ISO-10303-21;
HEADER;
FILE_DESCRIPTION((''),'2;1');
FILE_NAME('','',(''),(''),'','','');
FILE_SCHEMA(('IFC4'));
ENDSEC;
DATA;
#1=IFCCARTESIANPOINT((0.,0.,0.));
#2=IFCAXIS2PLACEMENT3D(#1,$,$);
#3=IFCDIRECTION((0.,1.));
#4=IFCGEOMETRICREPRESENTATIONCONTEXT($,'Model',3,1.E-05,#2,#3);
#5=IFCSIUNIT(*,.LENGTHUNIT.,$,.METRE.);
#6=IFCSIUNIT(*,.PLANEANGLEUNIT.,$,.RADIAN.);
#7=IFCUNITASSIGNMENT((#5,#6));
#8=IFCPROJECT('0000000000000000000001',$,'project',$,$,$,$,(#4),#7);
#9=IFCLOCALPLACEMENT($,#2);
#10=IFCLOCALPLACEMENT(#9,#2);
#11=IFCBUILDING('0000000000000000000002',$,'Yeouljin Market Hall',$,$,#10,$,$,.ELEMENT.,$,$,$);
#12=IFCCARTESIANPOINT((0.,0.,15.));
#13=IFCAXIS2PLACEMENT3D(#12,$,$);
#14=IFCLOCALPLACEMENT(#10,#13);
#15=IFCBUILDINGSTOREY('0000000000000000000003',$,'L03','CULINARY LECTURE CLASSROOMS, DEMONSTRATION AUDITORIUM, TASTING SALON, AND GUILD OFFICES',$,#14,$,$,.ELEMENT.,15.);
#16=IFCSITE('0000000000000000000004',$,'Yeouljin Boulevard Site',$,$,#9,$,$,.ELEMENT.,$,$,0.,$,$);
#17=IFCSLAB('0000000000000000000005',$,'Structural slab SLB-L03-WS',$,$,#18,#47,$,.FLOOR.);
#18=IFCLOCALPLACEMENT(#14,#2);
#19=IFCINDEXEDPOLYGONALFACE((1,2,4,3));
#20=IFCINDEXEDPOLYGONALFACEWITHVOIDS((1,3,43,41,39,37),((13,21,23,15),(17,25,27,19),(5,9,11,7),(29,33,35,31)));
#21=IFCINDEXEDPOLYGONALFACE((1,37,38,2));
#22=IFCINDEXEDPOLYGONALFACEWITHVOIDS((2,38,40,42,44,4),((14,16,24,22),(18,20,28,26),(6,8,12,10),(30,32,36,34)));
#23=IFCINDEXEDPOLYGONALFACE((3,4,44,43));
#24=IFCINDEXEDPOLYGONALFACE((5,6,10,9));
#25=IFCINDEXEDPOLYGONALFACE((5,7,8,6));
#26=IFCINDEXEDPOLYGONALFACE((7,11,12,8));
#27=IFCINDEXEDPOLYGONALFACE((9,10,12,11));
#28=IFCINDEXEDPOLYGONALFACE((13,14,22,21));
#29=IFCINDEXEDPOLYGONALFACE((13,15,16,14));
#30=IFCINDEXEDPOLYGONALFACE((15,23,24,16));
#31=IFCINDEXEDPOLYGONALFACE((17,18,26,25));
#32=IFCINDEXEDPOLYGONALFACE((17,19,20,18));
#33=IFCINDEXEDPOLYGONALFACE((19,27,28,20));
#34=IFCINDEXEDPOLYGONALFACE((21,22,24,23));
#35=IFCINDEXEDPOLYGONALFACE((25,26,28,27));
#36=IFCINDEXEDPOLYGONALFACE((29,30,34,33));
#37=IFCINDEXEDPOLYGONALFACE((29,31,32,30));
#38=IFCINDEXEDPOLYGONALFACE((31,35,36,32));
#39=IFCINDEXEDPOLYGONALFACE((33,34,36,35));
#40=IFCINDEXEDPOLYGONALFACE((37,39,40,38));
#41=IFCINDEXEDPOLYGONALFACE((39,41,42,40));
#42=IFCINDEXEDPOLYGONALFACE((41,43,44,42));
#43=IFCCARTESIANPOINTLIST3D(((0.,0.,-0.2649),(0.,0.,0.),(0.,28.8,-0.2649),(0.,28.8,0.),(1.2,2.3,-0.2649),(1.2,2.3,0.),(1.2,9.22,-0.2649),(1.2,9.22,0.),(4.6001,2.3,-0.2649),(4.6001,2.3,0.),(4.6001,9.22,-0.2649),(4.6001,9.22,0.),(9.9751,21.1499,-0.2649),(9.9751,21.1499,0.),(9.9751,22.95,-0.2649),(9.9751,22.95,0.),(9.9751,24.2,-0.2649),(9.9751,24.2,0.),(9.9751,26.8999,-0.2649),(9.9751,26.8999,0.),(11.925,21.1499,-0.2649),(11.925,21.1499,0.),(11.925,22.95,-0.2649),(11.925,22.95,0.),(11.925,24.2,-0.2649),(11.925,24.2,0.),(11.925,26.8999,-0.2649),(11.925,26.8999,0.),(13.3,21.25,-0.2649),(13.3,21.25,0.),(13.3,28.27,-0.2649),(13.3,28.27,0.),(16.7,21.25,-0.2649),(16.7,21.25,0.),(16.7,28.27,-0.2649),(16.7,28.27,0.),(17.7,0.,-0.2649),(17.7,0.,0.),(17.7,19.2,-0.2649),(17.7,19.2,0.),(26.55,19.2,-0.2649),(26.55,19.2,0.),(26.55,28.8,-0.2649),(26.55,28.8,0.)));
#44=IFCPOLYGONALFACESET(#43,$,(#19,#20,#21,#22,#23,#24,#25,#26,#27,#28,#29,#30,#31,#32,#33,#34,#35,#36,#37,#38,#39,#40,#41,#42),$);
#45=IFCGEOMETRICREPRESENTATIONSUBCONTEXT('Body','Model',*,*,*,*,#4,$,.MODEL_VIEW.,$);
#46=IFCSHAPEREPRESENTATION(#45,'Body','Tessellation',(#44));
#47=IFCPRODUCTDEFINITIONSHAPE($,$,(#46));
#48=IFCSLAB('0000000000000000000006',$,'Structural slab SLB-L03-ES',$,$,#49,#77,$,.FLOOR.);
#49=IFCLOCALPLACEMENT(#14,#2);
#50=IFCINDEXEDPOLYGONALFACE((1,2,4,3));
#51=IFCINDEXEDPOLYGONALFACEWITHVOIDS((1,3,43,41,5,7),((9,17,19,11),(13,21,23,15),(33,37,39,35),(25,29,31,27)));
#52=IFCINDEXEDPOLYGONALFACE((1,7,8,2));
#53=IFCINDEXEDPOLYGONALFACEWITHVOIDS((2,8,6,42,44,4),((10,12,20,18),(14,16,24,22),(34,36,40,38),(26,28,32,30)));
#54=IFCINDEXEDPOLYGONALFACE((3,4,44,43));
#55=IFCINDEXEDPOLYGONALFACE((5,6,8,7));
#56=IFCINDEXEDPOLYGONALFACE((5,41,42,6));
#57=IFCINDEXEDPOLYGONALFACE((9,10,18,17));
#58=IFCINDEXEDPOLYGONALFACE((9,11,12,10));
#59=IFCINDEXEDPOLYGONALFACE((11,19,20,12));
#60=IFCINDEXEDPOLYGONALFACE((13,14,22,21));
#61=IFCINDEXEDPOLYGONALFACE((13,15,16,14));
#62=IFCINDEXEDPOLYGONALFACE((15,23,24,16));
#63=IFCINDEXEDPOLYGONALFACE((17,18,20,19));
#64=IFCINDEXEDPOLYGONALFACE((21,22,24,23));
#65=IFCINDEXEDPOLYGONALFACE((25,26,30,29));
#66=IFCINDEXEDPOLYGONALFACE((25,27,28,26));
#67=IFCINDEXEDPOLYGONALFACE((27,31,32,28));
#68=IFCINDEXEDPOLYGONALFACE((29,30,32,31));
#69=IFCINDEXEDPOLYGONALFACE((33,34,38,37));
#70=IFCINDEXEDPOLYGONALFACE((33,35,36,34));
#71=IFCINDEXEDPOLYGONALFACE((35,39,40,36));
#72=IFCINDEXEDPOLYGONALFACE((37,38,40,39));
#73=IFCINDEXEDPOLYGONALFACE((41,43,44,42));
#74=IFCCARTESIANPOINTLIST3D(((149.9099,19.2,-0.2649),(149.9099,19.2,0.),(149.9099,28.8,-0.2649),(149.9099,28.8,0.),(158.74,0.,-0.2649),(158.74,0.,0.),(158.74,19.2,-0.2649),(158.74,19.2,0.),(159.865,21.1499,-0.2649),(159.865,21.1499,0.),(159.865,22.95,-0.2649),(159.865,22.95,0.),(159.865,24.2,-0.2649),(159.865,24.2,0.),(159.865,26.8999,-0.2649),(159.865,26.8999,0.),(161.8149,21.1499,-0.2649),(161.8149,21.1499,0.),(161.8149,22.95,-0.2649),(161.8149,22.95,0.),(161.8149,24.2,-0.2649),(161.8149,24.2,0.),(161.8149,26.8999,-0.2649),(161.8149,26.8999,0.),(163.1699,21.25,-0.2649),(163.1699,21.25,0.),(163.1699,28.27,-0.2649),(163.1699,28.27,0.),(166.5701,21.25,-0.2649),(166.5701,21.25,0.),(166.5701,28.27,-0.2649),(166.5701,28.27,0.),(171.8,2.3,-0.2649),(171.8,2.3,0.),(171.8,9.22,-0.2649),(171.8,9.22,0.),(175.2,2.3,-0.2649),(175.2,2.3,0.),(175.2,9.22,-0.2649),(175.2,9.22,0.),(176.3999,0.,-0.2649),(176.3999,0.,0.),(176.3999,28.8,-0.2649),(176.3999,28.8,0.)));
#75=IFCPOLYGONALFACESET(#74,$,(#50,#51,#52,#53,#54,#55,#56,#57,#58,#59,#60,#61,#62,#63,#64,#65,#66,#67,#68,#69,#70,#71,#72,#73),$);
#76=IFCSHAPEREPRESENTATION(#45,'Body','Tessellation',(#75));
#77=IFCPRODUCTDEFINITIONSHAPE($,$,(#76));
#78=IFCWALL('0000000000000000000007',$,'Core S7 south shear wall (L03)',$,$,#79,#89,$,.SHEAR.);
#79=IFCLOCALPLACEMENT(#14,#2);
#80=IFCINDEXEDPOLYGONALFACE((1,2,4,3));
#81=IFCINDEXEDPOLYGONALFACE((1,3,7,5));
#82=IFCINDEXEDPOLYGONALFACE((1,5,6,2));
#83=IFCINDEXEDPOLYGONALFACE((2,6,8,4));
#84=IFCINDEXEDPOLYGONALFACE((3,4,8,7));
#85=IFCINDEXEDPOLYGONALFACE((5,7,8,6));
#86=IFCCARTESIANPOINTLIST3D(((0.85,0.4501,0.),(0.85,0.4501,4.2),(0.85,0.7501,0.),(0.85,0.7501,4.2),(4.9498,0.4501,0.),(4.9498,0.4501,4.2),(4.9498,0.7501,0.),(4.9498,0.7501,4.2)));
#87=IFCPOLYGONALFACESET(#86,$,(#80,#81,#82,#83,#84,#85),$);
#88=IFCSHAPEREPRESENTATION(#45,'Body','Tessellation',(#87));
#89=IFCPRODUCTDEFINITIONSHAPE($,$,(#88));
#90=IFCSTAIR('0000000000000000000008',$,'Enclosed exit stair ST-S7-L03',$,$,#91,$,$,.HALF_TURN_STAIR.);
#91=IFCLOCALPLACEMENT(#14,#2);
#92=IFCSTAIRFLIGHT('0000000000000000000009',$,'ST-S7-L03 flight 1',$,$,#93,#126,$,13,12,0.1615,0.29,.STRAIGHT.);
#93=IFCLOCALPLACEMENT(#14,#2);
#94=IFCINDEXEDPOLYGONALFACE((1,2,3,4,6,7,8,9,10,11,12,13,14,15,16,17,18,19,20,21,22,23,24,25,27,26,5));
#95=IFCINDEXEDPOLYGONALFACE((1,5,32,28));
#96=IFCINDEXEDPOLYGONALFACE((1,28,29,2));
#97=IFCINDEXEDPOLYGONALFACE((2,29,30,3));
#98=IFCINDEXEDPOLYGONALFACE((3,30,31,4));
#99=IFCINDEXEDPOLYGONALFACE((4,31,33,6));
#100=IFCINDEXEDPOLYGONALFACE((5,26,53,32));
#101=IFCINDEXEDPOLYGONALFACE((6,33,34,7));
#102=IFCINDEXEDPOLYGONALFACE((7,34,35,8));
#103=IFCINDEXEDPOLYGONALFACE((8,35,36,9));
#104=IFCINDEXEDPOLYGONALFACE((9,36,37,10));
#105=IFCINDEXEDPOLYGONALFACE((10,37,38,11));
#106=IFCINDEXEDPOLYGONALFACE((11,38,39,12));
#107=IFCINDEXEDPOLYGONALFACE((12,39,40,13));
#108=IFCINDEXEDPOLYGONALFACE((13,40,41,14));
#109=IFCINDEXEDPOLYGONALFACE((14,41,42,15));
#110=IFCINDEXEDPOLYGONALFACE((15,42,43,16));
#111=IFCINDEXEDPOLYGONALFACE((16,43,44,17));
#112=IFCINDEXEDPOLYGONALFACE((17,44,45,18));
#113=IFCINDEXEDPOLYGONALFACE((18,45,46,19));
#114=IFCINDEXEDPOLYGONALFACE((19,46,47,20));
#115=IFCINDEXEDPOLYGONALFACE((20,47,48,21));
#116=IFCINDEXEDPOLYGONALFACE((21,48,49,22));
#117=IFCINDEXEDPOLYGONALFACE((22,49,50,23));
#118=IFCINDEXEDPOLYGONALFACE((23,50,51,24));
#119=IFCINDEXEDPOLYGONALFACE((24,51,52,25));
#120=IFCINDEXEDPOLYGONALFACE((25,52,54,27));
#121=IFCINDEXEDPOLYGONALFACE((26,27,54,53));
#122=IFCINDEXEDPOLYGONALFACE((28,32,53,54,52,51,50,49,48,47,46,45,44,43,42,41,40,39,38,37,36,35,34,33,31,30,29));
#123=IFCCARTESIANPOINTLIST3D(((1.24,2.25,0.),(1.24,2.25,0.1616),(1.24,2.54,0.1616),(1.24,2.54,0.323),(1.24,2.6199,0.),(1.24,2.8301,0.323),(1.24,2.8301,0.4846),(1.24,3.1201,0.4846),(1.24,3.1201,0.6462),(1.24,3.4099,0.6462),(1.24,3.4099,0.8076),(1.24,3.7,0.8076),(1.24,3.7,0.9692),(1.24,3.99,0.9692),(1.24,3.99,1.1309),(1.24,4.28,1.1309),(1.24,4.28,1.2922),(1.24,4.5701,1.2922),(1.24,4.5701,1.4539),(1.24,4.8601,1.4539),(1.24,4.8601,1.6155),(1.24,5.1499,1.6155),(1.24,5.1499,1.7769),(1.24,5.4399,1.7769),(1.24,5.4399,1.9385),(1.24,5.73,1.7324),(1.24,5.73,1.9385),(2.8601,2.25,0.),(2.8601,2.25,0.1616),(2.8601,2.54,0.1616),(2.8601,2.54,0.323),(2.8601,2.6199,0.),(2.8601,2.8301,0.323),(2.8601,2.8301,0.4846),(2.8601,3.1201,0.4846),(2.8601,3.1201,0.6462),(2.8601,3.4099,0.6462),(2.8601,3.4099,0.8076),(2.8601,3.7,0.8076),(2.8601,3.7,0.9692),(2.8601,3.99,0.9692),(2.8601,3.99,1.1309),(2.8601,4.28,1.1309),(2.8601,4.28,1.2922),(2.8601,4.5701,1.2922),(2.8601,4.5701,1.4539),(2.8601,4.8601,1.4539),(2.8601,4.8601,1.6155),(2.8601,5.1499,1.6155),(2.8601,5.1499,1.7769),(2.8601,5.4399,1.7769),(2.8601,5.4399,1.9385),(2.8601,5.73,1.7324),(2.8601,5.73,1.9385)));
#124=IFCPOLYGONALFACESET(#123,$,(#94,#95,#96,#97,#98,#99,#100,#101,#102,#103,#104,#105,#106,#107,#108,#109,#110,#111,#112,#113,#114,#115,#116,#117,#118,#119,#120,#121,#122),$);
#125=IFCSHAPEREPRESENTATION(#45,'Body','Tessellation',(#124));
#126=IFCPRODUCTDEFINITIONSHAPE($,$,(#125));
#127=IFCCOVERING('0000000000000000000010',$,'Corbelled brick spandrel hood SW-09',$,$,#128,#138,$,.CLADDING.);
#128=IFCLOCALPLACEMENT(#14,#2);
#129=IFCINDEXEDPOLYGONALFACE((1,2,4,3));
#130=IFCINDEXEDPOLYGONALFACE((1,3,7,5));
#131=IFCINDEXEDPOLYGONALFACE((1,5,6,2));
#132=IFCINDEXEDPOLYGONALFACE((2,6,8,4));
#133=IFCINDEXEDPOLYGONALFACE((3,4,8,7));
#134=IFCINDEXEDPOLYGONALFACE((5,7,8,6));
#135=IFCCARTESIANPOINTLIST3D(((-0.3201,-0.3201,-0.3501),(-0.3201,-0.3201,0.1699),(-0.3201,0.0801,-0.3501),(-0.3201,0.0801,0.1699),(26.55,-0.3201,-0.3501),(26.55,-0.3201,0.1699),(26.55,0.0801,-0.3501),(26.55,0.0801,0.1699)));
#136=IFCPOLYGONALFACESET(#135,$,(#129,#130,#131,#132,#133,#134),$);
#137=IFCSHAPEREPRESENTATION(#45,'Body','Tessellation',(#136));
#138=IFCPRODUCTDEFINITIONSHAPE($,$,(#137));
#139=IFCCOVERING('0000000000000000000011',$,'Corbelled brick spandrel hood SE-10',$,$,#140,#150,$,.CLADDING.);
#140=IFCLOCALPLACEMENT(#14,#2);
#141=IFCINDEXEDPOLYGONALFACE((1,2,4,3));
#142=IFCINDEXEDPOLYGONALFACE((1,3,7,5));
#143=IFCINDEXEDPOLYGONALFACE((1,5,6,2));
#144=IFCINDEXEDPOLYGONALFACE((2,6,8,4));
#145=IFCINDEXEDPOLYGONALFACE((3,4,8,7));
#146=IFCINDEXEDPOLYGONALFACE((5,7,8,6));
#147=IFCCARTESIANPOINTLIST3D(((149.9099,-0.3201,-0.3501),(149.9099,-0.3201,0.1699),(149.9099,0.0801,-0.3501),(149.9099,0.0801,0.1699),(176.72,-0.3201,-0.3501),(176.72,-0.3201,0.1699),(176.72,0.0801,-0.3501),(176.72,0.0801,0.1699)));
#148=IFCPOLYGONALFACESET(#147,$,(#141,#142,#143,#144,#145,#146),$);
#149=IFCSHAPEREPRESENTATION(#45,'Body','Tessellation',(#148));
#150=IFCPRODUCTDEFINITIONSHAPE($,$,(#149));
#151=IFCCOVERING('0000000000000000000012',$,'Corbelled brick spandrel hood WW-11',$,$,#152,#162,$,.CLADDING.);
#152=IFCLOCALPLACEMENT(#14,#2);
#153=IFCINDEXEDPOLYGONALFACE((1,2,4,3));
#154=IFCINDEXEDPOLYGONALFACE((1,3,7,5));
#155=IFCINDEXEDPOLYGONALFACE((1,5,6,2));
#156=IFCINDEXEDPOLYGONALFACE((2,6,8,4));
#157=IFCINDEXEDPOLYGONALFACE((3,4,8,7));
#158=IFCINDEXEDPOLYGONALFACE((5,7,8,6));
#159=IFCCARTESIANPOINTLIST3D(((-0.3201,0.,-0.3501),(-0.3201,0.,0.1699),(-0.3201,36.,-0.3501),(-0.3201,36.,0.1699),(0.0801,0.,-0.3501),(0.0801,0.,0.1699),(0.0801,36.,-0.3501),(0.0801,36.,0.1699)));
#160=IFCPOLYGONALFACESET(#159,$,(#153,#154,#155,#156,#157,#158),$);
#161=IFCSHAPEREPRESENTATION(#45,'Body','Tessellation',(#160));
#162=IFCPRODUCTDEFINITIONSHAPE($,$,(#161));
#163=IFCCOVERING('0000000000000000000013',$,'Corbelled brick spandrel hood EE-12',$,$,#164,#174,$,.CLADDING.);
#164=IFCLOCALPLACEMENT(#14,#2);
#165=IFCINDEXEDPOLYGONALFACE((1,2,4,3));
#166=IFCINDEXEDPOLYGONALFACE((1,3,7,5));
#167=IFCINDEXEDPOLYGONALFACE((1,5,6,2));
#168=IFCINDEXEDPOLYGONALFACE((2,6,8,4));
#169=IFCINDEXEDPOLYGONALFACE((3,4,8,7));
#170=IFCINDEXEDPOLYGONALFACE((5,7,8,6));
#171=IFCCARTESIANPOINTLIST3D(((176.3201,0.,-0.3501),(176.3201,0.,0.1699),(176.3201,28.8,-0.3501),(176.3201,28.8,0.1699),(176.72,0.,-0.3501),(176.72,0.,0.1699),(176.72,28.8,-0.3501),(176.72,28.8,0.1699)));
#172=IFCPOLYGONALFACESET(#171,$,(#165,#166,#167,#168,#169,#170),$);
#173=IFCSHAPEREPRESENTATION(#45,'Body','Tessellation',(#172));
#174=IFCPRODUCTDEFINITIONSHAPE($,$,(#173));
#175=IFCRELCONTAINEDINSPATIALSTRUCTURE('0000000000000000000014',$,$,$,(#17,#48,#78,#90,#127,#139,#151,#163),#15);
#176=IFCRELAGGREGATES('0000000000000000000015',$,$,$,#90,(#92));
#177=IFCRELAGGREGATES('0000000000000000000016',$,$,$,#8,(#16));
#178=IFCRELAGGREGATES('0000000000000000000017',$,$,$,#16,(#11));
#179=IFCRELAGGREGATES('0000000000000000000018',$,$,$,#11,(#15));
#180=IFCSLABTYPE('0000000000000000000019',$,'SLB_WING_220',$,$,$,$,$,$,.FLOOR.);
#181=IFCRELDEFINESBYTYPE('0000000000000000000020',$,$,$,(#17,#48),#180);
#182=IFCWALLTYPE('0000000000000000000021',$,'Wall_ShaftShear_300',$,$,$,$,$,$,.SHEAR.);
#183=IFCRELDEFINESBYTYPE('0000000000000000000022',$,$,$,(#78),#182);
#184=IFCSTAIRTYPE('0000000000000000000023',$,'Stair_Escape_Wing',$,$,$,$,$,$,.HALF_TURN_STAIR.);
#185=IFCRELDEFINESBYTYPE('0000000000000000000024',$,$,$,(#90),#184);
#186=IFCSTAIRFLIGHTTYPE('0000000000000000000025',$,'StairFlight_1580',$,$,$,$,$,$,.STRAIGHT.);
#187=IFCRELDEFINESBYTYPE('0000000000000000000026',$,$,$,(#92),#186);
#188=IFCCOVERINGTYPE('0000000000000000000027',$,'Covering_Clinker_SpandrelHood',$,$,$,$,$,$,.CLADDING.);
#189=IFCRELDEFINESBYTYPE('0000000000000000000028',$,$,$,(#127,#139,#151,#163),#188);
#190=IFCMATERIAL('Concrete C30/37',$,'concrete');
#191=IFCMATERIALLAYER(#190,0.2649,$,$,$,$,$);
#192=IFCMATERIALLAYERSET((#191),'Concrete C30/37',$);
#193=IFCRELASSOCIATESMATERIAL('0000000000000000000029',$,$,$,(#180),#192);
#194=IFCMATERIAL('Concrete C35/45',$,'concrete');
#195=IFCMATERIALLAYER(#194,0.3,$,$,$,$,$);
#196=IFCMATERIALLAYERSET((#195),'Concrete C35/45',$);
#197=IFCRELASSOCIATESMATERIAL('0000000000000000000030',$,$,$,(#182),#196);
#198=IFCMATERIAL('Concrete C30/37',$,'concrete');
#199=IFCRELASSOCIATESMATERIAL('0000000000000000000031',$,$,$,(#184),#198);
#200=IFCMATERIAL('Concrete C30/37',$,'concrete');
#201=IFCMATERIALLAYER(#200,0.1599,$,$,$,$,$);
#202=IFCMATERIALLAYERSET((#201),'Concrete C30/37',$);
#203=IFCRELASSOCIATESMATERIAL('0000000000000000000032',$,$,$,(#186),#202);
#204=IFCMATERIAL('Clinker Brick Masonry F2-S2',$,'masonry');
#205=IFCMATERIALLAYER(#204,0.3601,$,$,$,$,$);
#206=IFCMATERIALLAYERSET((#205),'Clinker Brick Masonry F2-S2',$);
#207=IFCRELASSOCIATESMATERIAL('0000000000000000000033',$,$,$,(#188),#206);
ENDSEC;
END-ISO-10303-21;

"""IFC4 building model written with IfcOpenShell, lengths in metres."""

from ifc_helpers import new_model, si_unit, direction, frame, frame_2d, origin, place, context, subcontext, project, spatial, polyline, rectangle, outline, extrude, material, layer, layer_set, type_object, element, aggregate, save


model = new_model("IFC4")

# Units and contexts
model_context = context("Model", 3, precision=1e-05, world=origin(), true_north=direction((0.0, 1.0)))
body_context = subcontext(model_context, "Body", "Model", "MODEL_VIEW")
ifc_project = project(units=[si_unit("LENGTHUNIT", "METRE"), si_unit("PLANEANGLEUNIT", "RADIAN")], contexts=[model_context])

# Site, building, storey
site_placement = place(None, origin())
site = spatial("IfcSite", under=ifc_project, at=site_placement, Name="Yeouljin Boulevard Site", CompositionType="ELEMENT", RefElevation=0.0)
building_placement = place(site_placement, origin())
building = spatial("IfcBuilding", under=site, at=building_placement, Name="Yeouljin Market Hall", CompositionType="ELEMENT")
storey_placement = place(building_placement, frame((0.0, 0.0, 15.0)))
storey = spatial("IfcBuildingStorey", under=building, at=storey_placement, Name="L03", Description="CULINARY LECTURE CLASSROOMS, DEMONSTRATION AUDITORIUM, TASTING SALON, AND GUILD OFFICES", CompositionType="ELEMENT", Elevation=15.0)

# Slabs
ifc_material_1 = material(Name="Concrete C30/37", Category="concrete")
ifc_layer_1 = layer(ifc_material_1, 0.2649)
ifc_layer_set_1 = layer_set([ifc_layer_1], Name="Concrete C30/37")
slab_type_1 = type_object("IfcSlabType", Name="SLB_WING_220", PredefinedType="FLOOR", material=ifc_layer_set_1)
slab_1_placement = place(storey_placement, frame((0.0, 0.0, -0.2649)))
element("IfcSlab", 1, at=slab_1_placement, inside=storey, type_object=slab_type_1, Name="Structural slab SLB-L03-WS", PredefinedType="FLOOR", context=body_context, shape_type="SweptSolid", body=[
    extrude(outline(polyline([(0.0, 0.0), (17.7, 0.0), (17.7, 19.2), (26.55, 19.2), (26.55, 28.8), (0.0, 28.8), (0.0, 0.0)]), holes=[polyline([(13.3, 21.25), (16.7, 21.25), (16.7, 28.27), (13.3, 28.27), (13.3, 21.25)]), polyline([(1.2, 2.3), (4.6001, 2.3), (4.6001, 9.22), (1.2, 9.22), (1.2, 2.3)]), polyline([(9.9751, 21.1499), (11.925, 21.1499), (11.925, 22.95), (9.9751, 22.95), (9.9751, 21.1499)]), polyline([(9.9751, 24.2), (11.925, 24.2), (11.925, 26.8999), (9.9751, 26.8999), (9.9751, 24.2)])]), origin(), (0.0, 0.0, 1.0), 0.2649),
])
slab_2_placement = place(storey_placement, frame((0.0, 0.0, -0.2649)))
element("IfcSlab", 2, at=slab_2_placement, inside=storey, type_object=slab_type_1, Name="Structural slab SLB-L03-ES", PredefinedType="FLOOR", context=body_context, shape_type="SweptSolid", body=[
    extrude(outline(polyline([(158.74, 0.0), (176.3999, 0.0), (176.3999, 28.8), (149.9099, 28.8), (149.9099, 19.2), (158.74, 19.2), (158.74, 0.0)]), holes=[polyline([(163.1699, 21.25), (166.5701, 21.25), (166.5701, 28.27), (163.1699, 28.27), (163.1699, 21.25)]), polyline([(171.8, 2.3), (175.2, 2.3), (175.2, 9.22), (171.8, 9.22), (171.8, 2.3)]), polyline([(159.865, 21.1499), (161.8149, 21.1499), (161.8149, 22.95), (159.865, 22.95), (159.865, 21.1499)]), polyline([(159.865, 24.2), (161.8149, 24.2), (161.8149, 26.8999), (159.865, 26.8999), (159.865, 24.2)])]), origin(), (0.0, 0.0, 1.0), 0.2649),
])

# Wall
ifc_material_2 = material(Name="Concrete C35/45", Category="concrete")
ifc_layer_2 = layer(ifc_material_2, 0.3)
ifc_layer_set_2 = layer_set([ifc_layer_2], Name="Concrete C35/45")
wall_type = type_object("IfcWallType", Name="Wall_ShaftShear_300", PredefinedType="SHEAR", material=ifc_layer_set_2)
wall_placement = place(storey_placement, frame((0.8501, 0.6001, 0.0), z_axis=(0.0, 0.0, 1.0), x_axis=(1.0, 0.0, 0.0)))
element("IfcWall", 3, at=wall_placement, inside=storey, type_object=wall_type, Name="Core S7 south shear wall (L03)", PredefinedType="SHEAR", context=body_context, shape_type="SweptSolid", body=[
    extrude(rectangle(XDim=4.0999, YDim=0.3, at=frame_2d((2.0498, 0.0))), origin(), (0.0, 0.0, 1.0), 4.2),
])

# Stair, stair flight
ifc_material_3 = material(Name="Concrete C30/37", Category="concrete")
stair_type = type_object("IfcStairType", Name="Stair_Escape_Wing", PredefinedType="HALF_TURN_STAIR", material=ifc_material_3)
stair_placement = place(storey_placement, origin())
stair = element("IfcStair", 4, at=stair_placement, inside=storey, type_object=stair_type, Name="Enclosed exit stair ST-S7-L03", PredefinedType="HALF_TURN_STAIR")
ifc_material_4 = material(Name="Concrete C30/37", Category="concrete")
ifc_layer_3 = layer(ifc_material_4, 0.1599)
ifc_layer_set_3 = layer_set([ifc_layer_3], Name="Concrete C30/37")
stair_flight_type = type_object("IfcStairFlightType", Name="StairFlight_1580", PredefinedType="STRAIGHT", material=ifc_layer_set_3)
stair_flight_placement = place(storey_placement, frame((2.05, 2.25, 0.0), z_axis=(0.0, 0.0, 1.0), x_axis=(0.0, 1.0, 0.0)))
stair_flight = element("IfcStairFlight", 5, at=stair_flight_placement, type_object=stair_flight_type, Name="ST-S7-L03 flight 1", NumberOfRisers=13, NumberOfTreads=12, PredefinedType="STRAIGHT", RiserHeight=0.1615, TreadLength=0.29, context=body_context, shape_type="SweptSolid", body=[
    extrude(outline(polyline([(0.0, 0.0), (0.0, 0.1616), (0.29, 0.1616), (0.29, 0.323), (0.5801, 0.323), (0.5801, 0.4846), (0.8701, 0.4846), (0.8701, 0.6462), (1.1599, 0.6462), (1.1599, 0.8076), (1.45, 0.8076), (1.45, 0.9692), (1.74, 0.9692), (1.74, 1.1309), (2.03, 1.1309), (2.03, 1.2922), (2.3201, 1.2922), (2.3201, 1.4539), (2.6101, 1.4539), (2.6101, 1.6155), (2.8999, 1.6155), (2.8999, 1.7769), (3.1899, 1.7769), (3.1899, 1.9385), (3.48, 1.9385), (3.48, 2.1001), (3.48, 1.7324), (0.3699, 0.0), (0.0, 0.0)])), frame((0.0, 0.8101, 0.0), z_axis=(0.0, -1.0, 0.0), x_axis=(1.0, 0.0, 0.0)), (0.0, 0.0, 1.0), 1.6201),
])
aggregate(stair, [stair_flight])

# Coverings
ifc_material_5 = material(Name="Clinker Brick Masonry F2-S2", Category="masonry")
ifc_layer_4 = layer(ifc_material_5, 0.3601)
ifc_layer_set_4 = layer_set([ifc_layer_4], Name="Clinker Brick Masonry F2-S2")
covering_type_1 = type_object("IfcCoveringType", Name="Covering_Clinker_SpandrelHood", PredefinedType="CLADDING", material=ifc_layer_set_4)
covering_1_placement = place(storey_placement, frame((0.0, 0.0, -0.3501)))
element("IfcCovering", 6, at=covering_1_placement, inside=storey, type_object=covering_type_1, Name="Corbelled brick spandrel hood SW-09", PredefinedType="CLADDING", context=body_context, shape_type="SweptSolid", body=[
    extrude(outline(polyline([(-0.3201, -0.3201), (26.55, -0.3201), (26.55, 0.0801), (-0.3201, 0.0801), (-0.3201, -0.3201)])), origin(), (0.0, 0.0, 1.0), 0.52),
])
covering_2_placement = place(storey_placement, frame((0.0, 0.0, -0.3501)))
element("IfcCovering", 7, at=covering_2_placement, inside=storey, type_object=covering_type_1, Name="Corbelled brick spandrel hood SE-10", PredefinedType="CLADDING", context=body_context, shape_type="SweptSolid", body=[
    extrude(outline(polyline([(149.9099, -0.3201), (176.72, -0.3201), (176.72, 0.0801), (149.9099, 0.0801), (149.9099, -0.3201)])), origin(), (0.0, 0.0, 1.0), 0.52),
])
covering_3_placement = place(storey_placement, frame((0.0, 0.0, -0.3501)))
element("IfcCovering", 8, at=covering_3_placement, inside=storey, type_object=covering_type_1, Name="Corbelled brick spandrel hood WW-11", PredefinedType="CLADDING", context=body_context, shape_type="SweptSolid", body=[
    extrude(outline(polyline([(-0.3201, 0.0), (0.0801, 0.0), (0.0801, 36.0), (-0.3201, 36.0), (-0.3201, 0.0)])), origin(), (0.0, 0.0, 1.0), 0.52),
])
covering_4_placement = place(storey_placement, frame((0.0, 0.0, -0.3501)))
element("IfcCovering", 9, at=covering_4_placement, inside=storey, type_object=covering_type_1, Name="Corbelled brick spandrel hood EE-12", PredefinedType="CLADDING", context=body_context, shape_type="SweptSolid", body=[
    extrude(outline(polyline([(176.3201, 0.0), (176.72, 0.0), (176.72, 28.8), (176.3201, 28.8), (176.3201, 0.0)])), origin(), (0.0, 0.0, 1.0), 0.52),
])

save(model, "model.ifc")
